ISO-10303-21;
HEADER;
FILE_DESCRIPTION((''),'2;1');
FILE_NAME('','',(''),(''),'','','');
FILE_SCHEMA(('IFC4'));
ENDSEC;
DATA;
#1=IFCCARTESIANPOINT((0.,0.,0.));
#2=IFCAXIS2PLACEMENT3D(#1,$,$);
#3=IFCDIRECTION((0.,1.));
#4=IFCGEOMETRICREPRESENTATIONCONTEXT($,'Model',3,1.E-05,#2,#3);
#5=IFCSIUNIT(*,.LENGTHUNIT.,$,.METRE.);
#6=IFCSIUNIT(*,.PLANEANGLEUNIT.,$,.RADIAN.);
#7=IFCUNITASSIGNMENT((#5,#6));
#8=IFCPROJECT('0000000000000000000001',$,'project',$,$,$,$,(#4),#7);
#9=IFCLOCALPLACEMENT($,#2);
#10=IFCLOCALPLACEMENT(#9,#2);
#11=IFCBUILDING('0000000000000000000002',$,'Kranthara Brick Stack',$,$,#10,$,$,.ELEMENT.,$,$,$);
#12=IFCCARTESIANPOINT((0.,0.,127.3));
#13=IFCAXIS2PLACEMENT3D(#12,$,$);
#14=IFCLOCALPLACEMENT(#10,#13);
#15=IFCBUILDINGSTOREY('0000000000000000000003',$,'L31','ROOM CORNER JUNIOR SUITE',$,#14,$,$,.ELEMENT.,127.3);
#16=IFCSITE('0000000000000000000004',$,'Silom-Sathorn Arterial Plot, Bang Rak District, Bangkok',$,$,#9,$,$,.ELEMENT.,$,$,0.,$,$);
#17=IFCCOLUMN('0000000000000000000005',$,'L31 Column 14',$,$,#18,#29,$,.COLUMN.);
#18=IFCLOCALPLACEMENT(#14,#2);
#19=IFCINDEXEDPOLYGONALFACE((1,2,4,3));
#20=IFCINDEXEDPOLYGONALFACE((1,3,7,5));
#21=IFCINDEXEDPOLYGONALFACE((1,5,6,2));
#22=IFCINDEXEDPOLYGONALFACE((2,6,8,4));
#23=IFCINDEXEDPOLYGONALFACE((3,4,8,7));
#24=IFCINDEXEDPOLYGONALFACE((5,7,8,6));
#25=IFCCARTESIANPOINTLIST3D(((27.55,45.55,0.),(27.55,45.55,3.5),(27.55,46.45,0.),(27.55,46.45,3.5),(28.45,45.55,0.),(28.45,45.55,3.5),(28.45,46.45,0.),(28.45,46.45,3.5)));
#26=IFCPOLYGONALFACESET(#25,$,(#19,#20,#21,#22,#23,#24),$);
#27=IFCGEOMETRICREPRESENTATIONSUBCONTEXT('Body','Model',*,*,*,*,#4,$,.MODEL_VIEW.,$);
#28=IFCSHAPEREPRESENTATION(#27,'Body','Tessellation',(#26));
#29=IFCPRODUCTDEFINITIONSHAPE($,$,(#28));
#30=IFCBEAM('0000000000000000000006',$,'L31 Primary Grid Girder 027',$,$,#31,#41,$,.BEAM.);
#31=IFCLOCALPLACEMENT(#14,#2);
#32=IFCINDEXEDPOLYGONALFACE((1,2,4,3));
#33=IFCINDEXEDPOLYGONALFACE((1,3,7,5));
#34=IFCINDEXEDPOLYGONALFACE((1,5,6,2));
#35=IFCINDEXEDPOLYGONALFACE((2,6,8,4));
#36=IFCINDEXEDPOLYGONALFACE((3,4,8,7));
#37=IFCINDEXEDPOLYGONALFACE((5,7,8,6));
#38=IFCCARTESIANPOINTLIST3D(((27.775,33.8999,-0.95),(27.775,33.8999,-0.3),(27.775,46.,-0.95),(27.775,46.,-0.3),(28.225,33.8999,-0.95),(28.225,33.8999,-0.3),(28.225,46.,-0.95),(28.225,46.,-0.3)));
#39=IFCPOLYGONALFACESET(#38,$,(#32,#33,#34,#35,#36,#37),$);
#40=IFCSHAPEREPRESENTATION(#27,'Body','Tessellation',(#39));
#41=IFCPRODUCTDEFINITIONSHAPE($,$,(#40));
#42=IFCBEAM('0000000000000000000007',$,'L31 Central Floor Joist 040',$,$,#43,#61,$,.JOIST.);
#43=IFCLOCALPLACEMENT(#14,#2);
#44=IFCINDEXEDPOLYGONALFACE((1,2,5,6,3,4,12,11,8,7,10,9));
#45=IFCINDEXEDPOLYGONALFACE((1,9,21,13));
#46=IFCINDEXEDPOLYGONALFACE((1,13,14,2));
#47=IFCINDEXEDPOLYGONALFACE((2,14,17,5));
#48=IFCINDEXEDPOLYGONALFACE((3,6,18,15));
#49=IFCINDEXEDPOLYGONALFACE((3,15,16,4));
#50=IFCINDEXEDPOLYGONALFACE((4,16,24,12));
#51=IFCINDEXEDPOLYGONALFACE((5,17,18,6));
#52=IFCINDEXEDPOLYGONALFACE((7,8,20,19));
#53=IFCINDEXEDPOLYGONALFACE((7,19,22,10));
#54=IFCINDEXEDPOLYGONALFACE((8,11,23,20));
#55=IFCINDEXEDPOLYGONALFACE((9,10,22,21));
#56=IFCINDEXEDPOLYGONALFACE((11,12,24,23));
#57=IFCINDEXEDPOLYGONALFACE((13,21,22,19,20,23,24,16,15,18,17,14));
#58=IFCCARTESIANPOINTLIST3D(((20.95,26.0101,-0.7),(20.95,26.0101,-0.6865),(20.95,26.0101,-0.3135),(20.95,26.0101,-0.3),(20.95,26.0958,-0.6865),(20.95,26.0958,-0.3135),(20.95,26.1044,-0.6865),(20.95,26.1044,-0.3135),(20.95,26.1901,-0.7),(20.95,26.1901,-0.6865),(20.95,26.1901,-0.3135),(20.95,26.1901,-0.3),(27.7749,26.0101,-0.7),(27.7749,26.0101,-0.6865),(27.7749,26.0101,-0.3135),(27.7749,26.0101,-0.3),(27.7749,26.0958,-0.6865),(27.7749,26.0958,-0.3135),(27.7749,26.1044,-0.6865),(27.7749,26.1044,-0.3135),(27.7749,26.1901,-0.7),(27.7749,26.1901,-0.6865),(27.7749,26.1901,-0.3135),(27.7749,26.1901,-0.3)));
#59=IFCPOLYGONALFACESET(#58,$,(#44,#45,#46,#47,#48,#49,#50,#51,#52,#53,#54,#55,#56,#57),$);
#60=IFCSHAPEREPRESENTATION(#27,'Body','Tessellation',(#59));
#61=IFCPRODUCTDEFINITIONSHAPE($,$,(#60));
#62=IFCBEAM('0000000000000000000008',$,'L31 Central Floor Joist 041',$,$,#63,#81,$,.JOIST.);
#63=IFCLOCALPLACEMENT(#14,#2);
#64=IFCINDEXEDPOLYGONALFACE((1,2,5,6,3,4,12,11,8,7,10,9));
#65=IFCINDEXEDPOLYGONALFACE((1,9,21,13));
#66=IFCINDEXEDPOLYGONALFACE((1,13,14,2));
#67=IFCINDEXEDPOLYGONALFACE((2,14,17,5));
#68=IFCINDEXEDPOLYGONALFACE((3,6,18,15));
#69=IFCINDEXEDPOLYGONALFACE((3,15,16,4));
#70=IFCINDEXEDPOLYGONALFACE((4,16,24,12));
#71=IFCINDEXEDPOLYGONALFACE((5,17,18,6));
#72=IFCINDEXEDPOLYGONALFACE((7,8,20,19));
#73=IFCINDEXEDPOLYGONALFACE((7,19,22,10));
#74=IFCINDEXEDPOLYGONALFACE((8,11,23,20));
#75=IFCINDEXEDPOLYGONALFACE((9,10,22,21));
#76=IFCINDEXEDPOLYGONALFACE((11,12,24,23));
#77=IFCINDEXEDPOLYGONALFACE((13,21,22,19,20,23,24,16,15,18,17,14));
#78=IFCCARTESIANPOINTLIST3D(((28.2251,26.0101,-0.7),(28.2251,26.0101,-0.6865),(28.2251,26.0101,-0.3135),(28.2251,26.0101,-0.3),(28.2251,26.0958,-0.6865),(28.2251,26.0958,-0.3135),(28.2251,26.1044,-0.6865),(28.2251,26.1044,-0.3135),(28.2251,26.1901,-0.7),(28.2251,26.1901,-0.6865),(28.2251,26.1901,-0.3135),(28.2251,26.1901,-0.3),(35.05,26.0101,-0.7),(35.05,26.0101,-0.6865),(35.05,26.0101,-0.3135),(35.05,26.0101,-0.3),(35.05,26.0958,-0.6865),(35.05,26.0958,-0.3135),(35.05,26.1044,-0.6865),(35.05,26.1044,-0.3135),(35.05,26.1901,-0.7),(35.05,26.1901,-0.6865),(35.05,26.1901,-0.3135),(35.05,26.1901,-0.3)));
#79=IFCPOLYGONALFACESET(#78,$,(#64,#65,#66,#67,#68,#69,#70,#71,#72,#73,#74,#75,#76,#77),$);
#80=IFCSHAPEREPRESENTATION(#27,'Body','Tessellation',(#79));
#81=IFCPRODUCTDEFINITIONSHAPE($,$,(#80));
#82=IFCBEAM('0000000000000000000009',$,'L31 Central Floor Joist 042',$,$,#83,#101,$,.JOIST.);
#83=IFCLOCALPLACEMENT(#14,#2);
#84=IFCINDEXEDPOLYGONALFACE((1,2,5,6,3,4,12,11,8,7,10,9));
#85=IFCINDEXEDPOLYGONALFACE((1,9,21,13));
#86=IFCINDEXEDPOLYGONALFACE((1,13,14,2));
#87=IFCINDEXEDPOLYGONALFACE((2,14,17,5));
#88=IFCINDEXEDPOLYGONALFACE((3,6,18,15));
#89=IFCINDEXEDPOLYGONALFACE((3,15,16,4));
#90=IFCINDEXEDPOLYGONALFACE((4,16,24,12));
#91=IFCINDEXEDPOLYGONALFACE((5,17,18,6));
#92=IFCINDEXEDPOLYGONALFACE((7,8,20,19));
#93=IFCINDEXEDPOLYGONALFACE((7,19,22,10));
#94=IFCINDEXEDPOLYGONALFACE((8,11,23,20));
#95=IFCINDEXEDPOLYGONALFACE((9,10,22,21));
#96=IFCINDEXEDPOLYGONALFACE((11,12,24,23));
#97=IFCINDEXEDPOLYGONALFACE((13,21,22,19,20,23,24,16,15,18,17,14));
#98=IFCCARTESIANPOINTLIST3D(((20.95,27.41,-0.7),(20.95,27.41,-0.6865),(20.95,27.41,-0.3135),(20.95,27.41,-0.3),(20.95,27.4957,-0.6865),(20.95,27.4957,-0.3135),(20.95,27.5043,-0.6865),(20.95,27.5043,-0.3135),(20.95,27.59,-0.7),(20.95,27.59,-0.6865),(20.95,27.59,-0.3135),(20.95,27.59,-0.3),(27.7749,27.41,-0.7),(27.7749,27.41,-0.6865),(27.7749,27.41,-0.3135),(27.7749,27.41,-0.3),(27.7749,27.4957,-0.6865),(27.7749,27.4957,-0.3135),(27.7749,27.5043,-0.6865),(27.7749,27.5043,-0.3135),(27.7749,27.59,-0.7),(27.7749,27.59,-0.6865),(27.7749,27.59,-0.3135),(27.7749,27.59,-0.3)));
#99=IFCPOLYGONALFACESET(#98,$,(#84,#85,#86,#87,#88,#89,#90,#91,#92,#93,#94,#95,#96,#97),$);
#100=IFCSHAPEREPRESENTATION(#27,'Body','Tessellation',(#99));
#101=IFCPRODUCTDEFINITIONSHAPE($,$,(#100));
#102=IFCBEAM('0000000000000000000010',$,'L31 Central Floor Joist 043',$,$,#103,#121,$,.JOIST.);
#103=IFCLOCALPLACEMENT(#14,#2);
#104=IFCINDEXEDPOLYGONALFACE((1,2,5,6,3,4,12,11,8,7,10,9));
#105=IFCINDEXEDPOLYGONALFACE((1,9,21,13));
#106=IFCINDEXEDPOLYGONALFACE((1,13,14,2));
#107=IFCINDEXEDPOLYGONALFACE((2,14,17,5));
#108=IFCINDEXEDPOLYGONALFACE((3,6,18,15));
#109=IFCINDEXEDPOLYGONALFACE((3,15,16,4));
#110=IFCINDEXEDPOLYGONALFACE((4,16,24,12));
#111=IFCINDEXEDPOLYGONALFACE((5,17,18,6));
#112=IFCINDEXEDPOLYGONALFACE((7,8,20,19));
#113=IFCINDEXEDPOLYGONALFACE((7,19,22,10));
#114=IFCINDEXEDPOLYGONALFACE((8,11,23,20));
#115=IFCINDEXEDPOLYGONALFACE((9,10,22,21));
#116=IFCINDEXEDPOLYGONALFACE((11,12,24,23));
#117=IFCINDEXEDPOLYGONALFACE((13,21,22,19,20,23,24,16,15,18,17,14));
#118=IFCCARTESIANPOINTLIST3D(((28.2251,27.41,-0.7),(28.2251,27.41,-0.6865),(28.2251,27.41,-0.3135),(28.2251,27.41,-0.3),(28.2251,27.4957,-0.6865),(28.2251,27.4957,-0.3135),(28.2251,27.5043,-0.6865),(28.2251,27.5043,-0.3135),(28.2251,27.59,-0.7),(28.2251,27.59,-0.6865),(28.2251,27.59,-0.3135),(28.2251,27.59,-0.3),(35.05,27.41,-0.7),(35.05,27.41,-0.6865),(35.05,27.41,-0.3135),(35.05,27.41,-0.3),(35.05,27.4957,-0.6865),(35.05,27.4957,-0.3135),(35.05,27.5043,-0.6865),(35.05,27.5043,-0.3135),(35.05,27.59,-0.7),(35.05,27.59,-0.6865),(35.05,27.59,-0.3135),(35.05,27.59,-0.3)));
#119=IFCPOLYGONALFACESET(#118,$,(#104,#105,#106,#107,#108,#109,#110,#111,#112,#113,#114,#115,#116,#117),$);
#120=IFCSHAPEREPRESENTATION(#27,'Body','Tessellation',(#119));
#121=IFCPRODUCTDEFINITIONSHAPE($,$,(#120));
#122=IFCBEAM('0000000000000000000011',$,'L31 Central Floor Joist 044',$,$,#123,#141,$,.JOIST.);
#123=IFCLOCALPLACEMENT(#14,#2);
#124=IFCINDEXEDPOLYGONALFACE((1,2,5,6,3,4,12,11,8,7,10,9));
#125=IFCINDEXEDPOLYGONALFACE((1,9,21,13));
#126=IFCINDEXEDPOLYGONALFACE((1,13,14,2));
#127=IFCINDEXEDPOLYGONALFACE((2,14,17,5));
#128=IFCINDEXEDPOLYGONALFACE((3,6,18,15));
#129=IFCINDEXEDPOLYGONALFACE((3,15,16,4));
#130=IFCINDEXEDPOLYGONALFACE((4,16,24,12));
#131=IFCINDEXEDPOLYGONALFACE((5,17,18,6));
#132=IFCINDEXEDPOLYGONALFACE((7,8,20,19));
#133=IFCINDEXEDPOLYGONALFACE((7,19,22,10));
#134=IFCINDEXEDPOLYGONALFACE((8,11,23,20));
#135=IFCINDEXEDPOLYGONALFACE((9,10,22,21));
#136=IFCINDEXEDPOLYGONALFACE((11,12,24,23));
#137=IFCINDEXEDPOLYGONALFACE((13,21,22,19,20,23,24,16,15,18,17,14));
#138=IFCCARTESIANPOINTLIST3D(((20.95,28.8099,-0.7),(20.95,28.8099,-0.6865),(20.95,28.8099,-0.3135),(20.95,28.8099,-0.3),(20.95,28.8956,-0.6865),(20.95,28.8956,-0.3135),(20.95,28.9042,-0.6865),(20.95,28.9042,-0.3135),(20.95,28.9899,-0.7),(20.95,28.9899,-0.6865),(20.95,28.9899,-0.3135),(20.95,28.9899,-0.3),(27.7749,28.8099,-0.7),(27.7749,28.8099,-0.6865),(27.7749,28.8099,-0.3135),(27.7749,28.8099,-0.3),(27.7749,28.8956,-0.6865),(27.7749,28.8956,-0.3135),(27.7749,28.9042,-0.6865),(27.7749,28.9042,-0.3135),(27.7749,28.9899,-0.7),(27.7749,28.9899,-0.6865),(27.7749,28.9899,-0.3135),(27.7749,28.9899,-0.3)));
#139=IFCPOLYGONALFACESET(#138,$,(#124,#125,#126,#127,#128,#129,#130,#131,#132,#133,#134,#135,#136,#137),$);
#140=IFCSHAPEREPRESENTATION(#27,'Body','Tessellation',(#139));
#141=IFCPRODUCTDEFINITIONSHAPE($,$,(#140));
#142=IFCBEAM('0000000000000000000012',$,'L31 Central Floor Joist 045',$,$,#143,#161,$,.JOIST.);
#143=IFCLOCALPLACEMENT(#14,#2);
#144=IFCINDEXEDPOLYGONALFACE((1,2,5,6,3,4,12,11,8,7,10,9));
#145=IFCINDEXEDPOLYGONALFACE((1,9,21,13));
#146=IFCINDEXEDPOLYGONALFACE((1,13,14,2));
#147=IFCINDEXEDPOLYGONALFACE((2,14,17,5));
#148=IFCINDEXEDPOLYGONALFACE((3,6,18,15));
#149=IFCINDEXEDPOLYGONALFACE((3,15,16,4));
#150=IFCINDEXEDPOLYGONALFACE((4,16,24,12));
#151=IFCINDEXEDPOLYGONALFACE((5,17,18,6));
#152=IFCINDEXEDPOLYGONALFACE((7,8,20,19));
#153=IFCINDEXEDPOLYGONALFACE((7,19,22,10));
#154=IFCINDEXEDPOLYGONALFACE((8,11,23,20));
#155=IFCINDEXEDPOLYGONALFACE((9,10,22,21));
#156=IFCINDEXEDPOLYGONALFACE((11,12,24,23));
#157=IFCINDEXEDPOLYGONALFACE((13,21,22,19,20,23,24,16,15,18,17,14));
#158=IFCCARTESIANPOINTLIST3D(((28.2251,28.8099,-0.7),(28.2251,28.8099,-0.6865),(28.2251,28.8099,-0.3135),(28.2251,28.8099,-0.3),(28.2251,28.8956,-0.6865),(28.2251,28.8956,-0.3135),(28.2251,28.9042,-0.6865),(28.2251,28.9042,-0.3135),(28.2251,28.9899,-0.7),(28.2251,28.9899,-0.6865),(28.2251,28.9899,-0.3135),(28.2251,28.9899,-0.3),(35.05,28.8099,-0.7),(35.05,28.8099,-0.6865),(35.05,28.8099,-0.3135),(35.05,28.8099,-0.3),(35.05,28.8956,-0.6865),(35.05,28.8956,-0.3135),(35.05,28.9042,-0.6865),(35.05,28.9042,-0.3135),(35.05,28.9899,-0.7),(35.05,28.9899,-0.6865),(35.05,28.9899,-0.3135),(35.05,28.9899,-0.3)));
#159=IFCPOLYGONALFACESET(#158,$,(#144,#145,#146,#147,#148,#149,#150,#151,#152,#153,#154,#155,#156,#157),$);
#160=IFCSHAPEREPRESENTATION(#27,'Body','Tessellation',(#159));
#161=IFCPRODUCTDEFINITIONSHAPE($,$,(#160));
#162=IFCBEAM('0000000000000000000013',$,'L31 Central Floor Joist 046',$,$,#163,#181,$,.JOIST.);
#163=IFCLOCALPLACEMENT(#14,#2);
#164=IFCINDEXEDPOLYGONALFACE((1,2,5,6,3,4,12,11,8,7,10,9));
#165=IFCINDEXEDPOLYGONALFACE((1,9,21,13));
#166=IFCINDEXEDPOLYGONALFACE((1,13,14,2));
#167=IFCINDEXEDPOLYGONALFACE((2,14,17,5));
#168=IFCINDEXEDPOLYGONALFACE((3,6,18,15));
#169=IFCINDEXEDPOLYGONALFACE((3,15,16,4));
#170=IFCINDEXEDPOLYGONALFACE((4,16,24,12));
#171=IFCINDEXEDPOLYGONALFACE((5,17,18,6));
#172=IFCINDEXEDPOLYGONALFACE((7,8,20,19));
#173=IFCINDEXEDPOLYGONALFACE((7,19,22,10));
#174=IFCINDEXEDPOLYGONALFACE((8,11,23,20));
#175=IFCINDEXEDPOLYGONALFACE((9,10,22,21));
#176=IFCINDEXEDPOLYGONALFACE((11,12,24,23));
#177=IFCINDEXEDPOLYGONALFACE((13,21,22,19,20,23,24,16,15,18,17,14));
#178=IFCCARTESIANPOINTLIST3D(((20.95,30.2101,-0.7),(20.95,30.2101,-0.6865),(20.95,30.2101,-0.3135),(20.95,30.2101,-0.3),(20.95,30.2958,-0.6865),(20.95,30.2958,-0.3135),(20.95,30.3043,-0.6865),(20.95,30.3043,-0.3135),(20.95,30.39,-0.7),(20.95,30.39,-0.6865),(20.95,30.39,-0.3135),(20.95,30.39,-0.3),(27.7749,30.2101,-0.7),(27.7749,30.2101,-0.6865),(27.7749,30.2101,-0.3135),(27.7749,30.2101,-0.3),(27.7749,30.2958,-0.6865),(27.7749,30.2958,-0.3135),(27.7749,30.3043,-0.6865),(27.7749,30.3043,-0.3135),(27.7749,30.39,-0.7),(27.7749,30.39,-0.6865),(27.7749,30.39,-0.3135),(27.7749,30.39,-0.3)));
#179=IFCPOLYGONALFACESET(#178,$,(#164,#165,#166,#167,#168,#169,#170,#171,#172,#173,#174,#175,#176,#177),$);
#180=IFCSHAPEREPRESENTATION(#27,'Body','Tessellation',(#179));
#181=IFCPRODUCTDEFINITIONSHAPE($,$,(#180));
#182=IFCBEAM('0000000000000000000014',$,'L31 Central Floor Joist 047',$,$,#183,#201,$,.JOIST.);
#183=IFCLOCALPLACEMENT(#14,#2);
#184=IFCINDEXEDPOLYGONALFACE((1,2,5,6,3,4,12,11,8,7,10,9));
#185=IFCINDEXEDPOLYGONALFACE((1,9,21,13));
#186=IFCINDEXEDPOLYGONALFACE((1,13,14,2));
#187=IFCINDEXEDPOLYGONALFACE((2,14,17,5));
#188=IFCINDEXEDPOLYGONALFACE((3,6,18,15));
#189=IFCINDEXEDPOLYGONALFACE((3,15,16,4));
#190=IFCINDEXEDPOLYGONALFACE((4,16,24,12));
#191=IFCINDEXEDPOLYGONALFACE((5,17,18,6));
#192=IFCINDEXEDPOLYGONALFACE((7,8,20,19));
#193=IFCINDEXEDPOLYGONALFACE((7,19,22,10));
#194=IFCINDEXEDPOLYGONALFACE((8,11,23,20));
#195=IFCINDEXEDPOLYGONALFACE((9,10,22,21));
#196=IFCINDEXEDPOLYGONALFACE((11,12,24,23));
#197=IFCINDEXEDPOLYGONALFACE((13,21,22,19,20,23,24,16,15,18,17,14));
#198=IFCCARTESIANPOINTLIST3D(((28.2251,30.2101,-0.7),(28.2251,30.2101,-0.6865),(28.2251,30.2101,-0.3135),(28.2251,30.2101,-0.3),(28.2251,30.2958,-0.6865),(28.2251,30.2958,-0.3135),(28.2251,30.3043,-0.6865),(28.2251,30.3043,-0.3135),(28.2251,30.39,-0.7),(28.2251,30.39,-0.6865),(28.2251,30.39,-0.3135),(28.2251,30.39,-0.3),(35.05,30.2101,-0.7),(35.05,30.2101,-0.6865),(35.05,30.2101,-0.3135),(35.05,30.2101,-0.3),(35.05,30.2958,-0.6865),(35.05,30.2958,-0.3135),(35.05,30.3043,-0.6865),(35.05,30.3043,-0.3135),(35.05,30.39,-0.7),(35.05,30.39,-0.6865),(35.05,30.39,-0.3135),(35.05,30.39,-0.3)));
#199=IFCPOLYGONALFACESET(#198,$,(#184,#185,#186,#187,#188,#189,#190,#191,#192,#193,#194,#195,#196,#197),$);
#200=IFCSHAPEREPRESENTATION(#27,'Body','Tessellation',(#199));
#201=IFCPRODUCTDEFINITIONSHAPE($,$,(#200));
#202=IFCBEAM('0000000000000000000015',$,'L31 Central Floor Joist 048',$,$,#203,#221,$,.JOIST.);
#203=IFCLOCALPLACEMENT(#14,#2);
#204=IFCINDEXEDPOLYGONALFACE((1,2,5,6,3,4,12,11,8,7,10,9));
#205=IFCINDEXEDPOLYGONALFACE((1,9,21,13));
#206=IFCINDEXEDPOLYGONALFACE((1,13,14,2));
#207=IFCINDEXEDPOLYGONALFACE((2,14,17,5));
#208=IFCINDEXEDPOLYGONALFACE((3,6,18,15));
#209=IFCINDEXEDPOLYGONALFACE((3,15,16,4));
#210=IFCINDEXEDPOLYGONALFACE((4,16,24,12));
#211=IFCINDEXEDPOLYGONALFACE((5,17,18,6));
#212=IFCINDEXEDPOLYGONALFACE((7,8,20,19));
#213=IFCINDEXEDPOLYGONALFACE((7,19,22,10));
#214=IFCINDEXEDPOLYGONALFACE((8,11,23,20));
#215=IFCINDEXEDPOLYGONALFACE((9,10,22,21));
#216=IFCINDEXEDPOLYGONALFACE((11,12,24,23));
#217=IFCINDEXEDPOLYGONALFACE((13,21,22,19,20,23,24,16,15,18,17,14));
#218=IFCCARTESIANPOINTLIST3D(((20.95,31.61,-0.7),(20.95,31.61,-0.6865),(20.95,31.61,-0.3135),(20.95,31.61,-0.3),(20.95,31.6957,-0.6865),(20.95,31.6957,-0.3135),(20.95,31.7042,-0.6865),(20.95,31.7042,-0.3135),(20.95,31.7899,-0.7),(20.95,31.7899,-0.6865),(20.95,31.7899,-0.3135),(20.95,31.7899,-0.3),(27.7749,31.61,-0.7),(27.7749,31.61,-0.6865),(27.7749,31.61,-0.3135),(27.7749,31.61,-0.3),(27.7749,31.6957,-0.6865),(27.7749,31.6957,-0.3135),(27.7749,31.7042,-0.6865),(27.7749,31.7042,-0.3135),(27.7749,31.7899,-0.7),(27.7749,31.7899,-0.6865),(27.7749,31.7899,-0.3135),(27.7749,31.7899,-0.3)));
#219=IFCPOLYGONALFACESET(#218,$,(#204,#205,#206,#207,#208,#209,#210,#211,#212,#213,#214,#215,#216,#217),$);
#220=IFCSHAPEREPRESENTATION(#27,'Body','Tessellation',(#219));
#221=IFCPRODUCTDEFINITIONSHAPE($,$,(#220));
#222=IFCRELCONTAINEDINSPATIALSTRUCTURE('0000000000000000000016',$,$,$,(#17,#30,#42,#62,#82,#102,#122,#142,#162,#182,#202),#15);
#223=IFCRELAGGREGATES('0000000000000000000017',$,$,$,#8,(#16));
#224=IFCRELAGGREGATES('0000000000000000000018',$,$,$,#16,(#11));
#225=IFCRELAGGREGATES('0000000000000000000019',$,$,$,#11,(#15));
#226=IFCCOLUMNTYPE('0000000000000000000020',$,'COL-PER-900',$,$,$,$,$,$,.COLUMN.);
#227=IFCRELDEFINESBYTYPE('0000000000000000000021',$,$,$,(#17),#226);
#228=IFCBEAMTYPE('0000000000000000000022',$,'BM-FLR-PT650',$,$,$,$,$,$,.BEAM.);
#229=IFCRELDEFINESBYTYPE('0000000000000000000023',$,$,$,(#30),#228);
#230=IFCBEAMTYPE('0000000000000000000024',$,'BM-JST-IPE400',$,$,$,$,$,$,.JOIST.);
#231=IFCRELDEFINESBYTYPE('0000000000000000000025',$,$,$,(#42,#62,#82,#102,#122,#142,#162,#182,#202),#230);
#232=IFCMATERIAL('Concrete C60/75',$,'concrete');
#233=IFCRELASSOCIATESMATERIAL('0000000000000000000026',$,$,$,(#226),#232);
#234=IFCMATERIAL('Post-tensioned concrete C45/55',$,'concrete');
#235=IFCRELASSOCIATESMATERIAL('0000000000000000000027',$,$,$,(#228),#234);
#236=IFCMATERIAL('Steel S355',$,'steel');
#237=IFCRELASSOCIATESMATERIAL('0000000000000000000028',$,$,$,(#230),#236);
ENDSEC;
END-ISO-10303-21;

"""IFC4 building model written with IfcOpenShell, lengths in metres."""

from ifc_helpers import new_model, si_unit, direction, frame, origin, origin_2d, place, context, subcontext, project, spatial, rectangle, i_section, extrude, material, material_profile, profile_set, type_object, element, save


model = new_model("IFC4")

# Units and contexts
model_context = context("Model", 3, precision=1e-05, world=origin(), true_north=direction((0.0, 1.0)))
body_context = subcontext(model_context, "Body", "Model", "MODEL_VIEW")
ifc_project = project(units=[si_unit("LENGTHUNIT", "METRE"), si_unit("PLANEANGLEUNIT", "RADIAN")], contexts=[model_context])

# Site, building, storey
site_placement = place(None, origin())
site = spatial("IfcSite", under=ifc_project, at=site_placement, Name="Silom-Sathorn Arterial Plot, Bang Rak District, Bangkok", CompositionType="ELEMENT", RefElevation=0.0)
building_placement = place(site_placement, origin())
building = spatial("IfcBuilding", under=site, at=building_placement, Name="Kranthara Brick Stack", CompositionType="ELEMENT")
storey_placement = place(building_placement, frame((0.0, 0.0, 127.3)))
storey = spatial("IfcBuildingStorey", under=building, at=storey_placement, Name="L31", Description="ROOM CORNER JUNIOR SUITE", CompositionType="ELEMENT", Elevation=127.3)

# Column
ifc_material_1 = material(Name="Concrete C60/75", Category="concrete")
ifc_material_profile_1 = material_profile(ifc_material_1, rectangle(XDim=0.8999, YDim=0.8999, at=origin_2d()), Name="RC 900x900")
ifc_profile_set_1 = profile_set([ifc_material_profile_1], Name="Concrete C60/75")
column_type = type_object("IfcColumnType", Name="COL-PER-900", PredefinedType="COLUMN", material=ifc_profile_set_1)
column_placement = place(storey_placement, frame((28.0, 46.0, 0.0), z_axis=(0.0, 0.0, 1.0), x_axis=(1.0, 0.0, 0.0)))
element("IfcColumn", 1, at=column_placement, inside=storey, type_object=column_type, Name="L31 Column 14", PredefinedType="COLUMN", context=body_context, shape_type="SweptSolid", body=[
    extrude(rectangle(XDim=0.8999, YDim=0.8999, at=origin_2d()), origin(), (0.0, 0.0, 1.0), 3.5),
])

# Beams
ifc_material_2 = material(Name="Post-tensioned concrete C45/55", Category="concrete")
ifc_material_profile_2 = material_profile(ifc_material_2, rectangle(XDim=0.45, YDim=0.6499, at=origin_2d()), Name="PT 450x650")
ifc_profile_set_2 = profile_set([ifc_material_profile_2], Name="Post-tensioned concrete C45/55")
beam_type_1 = type_object("IfcBeamType", Name="BM-FLR-PT650", PredefinedType="BEAM", material=ifc_profile_set_2)
beam_1_placement = place(storey_placement, frame((28.0, 33.8999, -0.625), z_axis=(0.0, 1.0, 0.0), x_axis=(-1.0, 0.0, 0.0)))
element("IfcBeam", 2, at=beam_1_placement, inside=storey, type_object=beam_type_1, Name="L31 Primary Grid Girder 027", PredefinedType="BEAM", context=body_context, shape_type="SweptSolid", body=[
    extrude(rectangle(XDim=0.45, YDim=0.6499, at=origin_2d()), origin(), (0.0, 0.0, 1.0), 12.1001),
])
ifc_material_3 = material(Name="Steel S355", Category="steel")
ifc_material_profile_3 = material_profile(ifc_material_3, i_section(OverallWidth=0.1799, OverallDepth=0.3999, WebThickness=0.0085, FlangeThickness=0.0134, at=origin_2d()), Name="IPE 400")
ifc_profile_set_3 = profile_set([ifc_material_profile_3], Name="Steel S355")
beam_type_2 = type_object("IfcBeamType", Name="BM-JST-IPE400", PredefinedType="JOIST", material=ifc_profile_set_3)
for number, where, z_axis, x_axis, name in (
    (3, (20.95, 26.1001, -0.5), (1.0, 0.0, 0.0), (0.0, 1.0, 0.0), "L31 Central Floor Joist 040"),
    (4, (28.2251, 26.1001, -0.5), (1.0, 0.0, 0.0), (0.0, 1.0, 0.0), "L31 Central Floor Joist 041"),
    (5, (20.95, 27.5, -0.5), (1.0, 0.0, 0.0), (0.0, 1.0, 0.0), "L31 Central Floor Joist 042"),
    (6, (28.2251, 27.5, -0.5), (1.0, 0.0, 0.0), (0.0, 1.0, 0.0), "L31 Central Floor Joist 043"),
    (7, (20.95, 28.8999, -0.5), (1.0, 0.0, 0.0), (0.0, 1.0, 0.0), "L31 Central Floor Joist 044"),
    (8, (28.2251, 28.8999, -0.5), (1.0, 0.0, 0.0), (0.0, 1.0, 0.0), "L31 Central Floor Joist 045"),
    (9, (20.95, 30.3, -0.5), (1.0, 0.0, 0.0), (0.0, 1.0, 0.0), "L31 Central Floor Joist 046"),
    (10, (28.2251, 30.3, -0.5), (1.0, 0.0, 0.0), (0.0, 1.0, 0.0), "L31 Central Floor Joist 047"),
    (11, (20.95, 31.7, -0.5), (1.0, 0.0, 0.0), (0.0, 1.0, 0.0), "L31 Central Floor Joist 048"),
):
    element("IfcBeam", number, at=place(storey_placement, frame(where, z_axis=z_axis, x_axis=x_axis)), inside=storey, type_object=beam_type_2, Name=name, PredefinedType="JOIST", context=body_context, shape_type="SweptSolid", body=[
        extrude(i_section(OverallWidth=0.1799, OverallDepth=0.3999, WebThickness=0.0085, FlangeThickness=0.0134, at=origin_2d()), origin(), (0.0, 0.0, 1.0), 6.825),
    ])

save(model, "model.ifc")
